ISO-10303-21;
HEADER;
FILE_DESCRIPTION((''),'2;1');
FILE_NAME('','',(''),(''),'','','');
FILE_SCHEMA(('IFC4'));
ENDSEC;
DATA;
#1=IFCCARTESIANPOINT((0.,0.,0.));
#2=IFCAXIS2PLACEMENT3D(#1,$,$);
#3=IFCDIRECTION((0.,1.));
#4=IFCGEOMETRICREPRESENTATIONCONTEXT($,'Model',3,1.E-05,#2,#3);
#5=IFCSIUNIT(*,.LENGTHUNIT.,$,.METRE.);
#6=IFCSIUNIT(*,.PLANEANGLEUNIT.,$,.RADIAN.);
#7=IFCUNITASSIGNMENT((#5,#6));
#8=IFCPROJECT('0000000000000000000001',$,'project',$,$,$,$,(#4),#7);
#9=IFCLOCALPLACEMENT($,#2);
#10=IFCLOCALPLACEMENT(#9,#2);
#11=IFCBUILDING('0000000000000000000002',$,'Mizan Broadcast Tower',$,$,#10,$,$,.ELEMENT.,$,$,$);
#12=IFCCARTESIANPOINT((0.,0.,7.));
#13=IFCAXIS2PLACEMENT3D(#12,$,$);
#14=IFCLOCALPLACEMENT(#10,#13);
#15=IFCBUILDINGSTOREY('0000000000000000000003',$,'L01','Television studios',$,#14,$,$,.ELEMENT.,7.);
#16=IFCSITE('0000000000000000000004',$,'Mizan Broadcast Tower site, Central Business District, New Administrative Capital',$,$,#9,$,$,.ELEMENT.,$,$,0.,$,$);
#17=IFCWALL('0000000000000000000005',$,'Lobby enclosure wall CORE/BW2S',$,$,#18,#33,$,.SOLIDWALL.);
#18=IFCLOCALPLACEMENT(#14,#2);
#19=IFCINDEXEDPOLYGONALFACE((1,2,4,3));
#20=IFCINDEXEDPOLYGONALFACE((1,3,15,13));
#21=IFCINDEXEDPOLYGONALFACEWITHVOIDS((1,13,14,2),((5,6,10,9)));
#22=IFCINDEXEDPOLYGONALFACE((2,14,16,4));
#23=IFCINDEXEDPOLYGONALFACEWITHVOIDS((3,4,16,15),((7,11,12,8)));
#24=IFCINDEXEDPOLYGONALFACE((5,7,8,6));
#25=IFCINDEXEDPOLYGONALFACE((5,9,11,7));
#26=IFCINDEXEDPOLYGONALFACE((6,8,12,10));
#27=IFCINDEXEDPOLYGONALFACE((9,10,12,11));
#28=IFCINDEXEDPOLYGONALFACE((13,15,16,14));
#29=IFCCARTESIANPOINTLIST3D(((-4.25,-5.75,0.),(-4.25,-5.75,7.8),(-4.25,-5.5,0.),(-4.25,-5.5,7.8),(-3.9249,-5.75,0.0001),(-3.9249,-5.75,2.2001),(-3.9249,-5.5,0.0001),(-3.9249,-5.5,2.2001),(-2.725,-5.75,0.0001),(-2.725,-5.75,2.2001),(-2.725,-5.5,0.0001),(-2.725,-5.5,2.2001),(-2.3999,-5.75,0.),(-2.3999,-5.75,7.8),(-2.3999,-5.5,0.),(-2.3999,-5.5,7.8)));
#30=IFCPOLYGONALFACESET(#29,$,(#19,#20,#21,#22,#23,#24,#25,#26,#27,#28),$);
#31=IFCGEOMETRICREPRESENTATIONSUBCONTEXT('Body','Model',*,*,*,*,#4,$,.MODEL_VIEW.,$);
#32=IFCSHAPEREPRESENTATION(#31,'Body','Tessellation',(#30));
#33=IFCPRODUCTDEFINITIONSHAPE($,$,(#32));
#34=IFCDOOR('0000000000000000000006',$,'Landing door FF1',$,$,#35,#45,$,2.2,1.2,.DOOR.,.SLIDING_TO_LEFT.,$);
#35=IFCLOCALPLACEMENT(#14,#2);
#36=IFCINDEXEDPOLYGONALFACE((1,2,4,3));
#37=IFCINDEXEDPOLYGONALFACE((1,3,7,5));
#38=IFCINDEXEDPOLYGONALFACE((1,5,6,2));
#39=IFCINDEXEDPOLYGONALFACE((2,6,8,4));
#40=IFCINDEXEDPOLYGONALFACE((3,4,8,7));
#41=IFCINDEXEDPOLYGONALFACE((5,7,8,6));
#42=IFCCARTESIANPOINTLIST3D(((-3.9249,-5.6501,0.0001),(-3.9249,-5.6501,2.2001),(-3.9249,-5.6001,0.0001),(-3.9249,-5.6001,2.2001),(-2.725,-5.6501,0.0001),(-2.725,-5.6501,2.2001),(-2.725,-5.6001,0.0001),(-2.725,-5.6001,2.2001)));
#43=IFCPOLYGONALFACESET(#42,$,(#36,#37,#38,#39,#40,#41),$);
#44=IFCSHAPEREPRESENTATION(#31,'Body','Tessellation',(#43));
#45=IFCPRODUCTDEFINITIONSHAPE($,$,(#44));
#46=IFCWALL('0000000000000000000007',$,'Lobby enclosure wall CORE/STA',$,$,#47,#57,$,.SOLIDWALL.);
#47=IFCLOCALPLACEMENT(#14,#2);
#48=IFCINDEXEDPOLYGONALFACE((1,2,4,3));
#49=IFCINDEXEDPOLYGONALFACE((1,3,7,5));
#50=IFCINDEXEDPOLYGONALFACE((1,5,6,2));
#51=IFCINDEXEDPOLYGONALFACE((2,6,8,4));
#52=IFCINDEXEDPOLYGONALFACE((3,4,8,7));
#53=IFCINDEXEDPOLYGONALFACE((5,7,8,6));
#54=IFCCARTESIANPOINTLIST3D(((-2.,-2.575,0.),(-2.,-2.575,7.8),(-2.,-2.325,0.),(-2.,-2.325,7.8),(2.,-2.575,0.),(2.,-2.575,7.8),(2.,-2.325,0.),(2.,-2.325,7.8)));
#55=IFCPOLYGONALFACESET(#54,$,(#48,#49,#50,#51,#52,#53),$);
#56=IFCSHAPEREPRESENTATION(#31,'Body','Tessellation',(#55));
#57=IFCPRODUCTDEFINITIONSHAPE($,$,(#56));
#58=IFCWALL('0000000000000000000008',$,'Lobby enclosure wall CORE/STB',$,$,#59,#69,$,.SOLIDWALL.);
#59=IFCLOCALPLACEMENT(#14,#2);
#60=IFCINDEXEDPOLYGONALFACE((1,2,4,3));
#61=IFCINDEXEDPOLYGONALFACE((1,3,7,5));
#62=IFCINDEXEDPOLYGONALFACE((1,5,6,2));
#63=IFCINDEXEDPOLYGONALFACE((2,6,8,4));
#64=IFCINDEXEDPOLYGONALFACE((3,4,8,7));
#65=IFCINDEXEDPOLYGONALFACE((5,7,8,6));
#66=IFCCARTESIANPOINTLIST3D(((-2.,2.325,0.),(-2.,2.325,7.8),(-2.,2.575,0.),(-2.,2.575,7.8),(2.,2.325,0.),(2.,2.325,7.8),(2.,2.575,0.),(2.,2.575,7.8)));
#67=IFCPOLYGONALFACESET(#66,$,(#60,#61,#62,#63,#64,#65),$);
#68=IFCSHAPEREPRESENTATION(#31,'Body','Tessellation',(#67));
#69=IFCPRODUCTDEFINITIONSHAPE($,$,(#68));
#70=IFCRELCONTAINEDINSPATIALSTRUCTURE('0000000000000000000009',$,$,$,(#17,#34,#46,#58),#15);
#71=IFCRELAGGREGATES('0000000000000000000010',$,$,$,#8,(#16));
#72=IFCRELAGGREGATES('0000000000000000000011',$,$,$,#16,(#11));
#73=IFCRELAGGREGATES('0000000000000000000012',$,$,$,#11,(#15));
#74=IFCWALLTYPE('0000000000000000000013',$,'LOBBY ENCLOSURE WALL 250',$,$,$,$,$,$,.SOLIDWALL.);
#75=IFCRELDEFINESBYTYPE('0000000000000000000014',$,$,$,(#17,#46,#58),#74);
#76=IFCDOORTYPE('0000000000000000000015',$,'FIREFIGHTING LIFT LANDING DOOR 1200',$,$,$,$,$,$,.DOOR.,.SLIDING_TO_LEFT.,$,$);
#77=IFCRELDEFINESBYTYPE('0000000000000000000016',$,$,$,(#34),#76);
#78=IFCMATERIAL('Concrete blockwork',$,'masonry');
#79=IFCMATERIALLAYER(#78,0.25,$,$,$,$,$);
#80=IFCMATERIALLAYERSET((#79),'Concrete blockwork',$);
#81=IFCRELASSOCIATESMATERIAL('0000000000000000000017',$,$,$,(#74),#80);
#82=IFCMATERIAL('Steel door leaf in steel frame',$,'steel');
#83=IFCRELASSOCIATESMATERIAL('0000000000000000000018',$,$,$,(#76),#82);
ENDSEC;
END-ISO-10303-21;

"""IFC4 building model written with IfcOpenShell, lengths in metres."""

from ifc_helpers import new_model, si_unit, direction, frame, frame_2d, origin, place, context, subcontext, project, spatial, rectangle, extrude, material, layer, layer_set, type_object, element, fill, save


model = new_model("IFC4")

# Units and contexts
model_context = context("Model", 3, precision=1e-05, world=origin(), true_north=direction((0.0, 1.0)))
body_context = subcontext(model_context, "Body", "Model", "MODEL_VIEW")
ifc_project = project(units=[si_unit("LENGTHUNIT", "METRE"), si_unit("PLANEANGLEUNIT", "RADIAN")], contexts=[model_context])

# Site, building, storey
site_placement = place(None, origin())
site = spatial("IfcSite", under=ifc_project, at=site_placement, Name="Mizan Broadcast Tower site, Central Business District, New Administrative Capital", CompositionType="ELEMENT", RefElevation=0.0)
building_placement = place(site_placement, origin())
building = spatial("IfcBuilding", under=site, at=building_placement, Name="Mizan Broadcast Tower", CompositionType="ELEMENT")
storey_placement = place(building_placement, frame((0.0, 0.0, 7.0)))
storey = spatial("IfcBuildingStorey", under=building, at=storey_placement, Name="L01", Description="Television studios", CompositionType="ELEMENT", Elevation=7.0)

# Wall, opening, door
ifc_material_1 = material(Name="Concrete blockwork", Category="masonry")
ifc_layer_1 = layer(ifc_material_1, 0.25)
ifc_layer_set_1 = layer_set([ifc_layer_1], Name="Concrete blockwork")
wall_type_1 = type_object("IfcWallType", Name="LOBBY ENCLOSURE WALL 250", PredefinedType="SOLIDWALL", material=ifc_layer_set_1)
wall_1_placement = place(storey_placement, frame((-4.25, -5.625, 0.0), z_axis=(0.0, 0.0, 1.0), x_axis=(1.0, 0.0, 0.0)))
wall_1 = element("IfcWall", 1, at=wall_1_placement, inside=storey, type_object=wall_type_1, Name="Lobby enclosure wall CORE/BW2S", PredefinedType="SOLIDWALL", context=body_context, shape_type="SweptSolid", body=[
    extrude(rectangle(XDim=1.8501, YDim=0.25, at=frame_2d((0.925, 0.0))), origin(), (0.0, 0.0, 1.0), 7.8),
])
opening_1_placement = place(wall_1_placement, frame((0.325, 0.0, 0.0)))
opening_1 = element("IfcOpeningElement", 2, at=opening_1_placement, cuts=wall_1, PredefinedType="OPENING", context=body_context, shape_type="SweptSolid", body=[
    extrude(rectangle(XDim=1.2, YDim=2.2, at=frame_2d((0.6001, 1.1001))), frame((0.0, 0.135, 0.0), z_axis=(0.0, -1.0, 0.0), x_axis=(1.0, 0.0, 0.0)), (0.0, 0.0, 1.0), 0.27),
])
ifc_material_2 = material(Name="Steel door leaf in steel frame", Category="steel")
door_type_1 = type_object("IfcDoorType", Name="FIREFIGHTING LIFT LANDING DOOR 1200", OperationType="SLIDING_TO_LEFT", PredefinedType="DOOR", material=ifc_material_2)
door_1_placement = place(opening_1_placement, origin())
door_1 = element("IfcDoor", 3, at=door_1_placement, inside=storey, type_object=door_type_1, Name="Landing door FF1", OperationType="SLIDING_TO_LEFT", OverallHeight=2.2, OverallWidth=1.2, PredefinedType="DOOR", context=body_context, shape_type="SweptSolid", body=[
    extrude(rectangle(XDim=1.2, YDim=2.2, at=frame_2d((0.6001, 1.1001))), frame((0.0, 0.0249, 0.0), z_axis=(0.0, -1.0, 0.0), x_axis=(1.0, 0.0, 0.0)), (0.0, 0.0, 1.0), 0.05),
])
fill(opening_1, door_1)

# Walls
for number, where, z_axis, x_axis, name in (
    (4, (-2.0, -2.45, 0.0), (0.0, 0.0, 1.0), (1.0, 0.0, 0.0), "Lobby enclosure wall CORE/STA"),
    (5, (-2.0, 2.45, 0.0), (0.0, 0.0, 1.0), (1.0, 0.0, 0.0), "Lobby enclosure wall CORE/STB"),
):
    element("IfcWall", number, at=place(storey_placement, frame(where, z_axis=z_axis, x_axis=x_axis)), inside=storey, type_object=wall_type_1, Name=name, PredefinedType="SOLIDWALL", context=body_context, shape_type="SweptSolid", body=[
        extrude(rectangle(XDim=4.0, YDim=0.25, at=frame_2d((2.0, 0.0))), origin(), (0.0, 0.0, 1.0), 7.8),
    ])

save(model, "model.ifc")
